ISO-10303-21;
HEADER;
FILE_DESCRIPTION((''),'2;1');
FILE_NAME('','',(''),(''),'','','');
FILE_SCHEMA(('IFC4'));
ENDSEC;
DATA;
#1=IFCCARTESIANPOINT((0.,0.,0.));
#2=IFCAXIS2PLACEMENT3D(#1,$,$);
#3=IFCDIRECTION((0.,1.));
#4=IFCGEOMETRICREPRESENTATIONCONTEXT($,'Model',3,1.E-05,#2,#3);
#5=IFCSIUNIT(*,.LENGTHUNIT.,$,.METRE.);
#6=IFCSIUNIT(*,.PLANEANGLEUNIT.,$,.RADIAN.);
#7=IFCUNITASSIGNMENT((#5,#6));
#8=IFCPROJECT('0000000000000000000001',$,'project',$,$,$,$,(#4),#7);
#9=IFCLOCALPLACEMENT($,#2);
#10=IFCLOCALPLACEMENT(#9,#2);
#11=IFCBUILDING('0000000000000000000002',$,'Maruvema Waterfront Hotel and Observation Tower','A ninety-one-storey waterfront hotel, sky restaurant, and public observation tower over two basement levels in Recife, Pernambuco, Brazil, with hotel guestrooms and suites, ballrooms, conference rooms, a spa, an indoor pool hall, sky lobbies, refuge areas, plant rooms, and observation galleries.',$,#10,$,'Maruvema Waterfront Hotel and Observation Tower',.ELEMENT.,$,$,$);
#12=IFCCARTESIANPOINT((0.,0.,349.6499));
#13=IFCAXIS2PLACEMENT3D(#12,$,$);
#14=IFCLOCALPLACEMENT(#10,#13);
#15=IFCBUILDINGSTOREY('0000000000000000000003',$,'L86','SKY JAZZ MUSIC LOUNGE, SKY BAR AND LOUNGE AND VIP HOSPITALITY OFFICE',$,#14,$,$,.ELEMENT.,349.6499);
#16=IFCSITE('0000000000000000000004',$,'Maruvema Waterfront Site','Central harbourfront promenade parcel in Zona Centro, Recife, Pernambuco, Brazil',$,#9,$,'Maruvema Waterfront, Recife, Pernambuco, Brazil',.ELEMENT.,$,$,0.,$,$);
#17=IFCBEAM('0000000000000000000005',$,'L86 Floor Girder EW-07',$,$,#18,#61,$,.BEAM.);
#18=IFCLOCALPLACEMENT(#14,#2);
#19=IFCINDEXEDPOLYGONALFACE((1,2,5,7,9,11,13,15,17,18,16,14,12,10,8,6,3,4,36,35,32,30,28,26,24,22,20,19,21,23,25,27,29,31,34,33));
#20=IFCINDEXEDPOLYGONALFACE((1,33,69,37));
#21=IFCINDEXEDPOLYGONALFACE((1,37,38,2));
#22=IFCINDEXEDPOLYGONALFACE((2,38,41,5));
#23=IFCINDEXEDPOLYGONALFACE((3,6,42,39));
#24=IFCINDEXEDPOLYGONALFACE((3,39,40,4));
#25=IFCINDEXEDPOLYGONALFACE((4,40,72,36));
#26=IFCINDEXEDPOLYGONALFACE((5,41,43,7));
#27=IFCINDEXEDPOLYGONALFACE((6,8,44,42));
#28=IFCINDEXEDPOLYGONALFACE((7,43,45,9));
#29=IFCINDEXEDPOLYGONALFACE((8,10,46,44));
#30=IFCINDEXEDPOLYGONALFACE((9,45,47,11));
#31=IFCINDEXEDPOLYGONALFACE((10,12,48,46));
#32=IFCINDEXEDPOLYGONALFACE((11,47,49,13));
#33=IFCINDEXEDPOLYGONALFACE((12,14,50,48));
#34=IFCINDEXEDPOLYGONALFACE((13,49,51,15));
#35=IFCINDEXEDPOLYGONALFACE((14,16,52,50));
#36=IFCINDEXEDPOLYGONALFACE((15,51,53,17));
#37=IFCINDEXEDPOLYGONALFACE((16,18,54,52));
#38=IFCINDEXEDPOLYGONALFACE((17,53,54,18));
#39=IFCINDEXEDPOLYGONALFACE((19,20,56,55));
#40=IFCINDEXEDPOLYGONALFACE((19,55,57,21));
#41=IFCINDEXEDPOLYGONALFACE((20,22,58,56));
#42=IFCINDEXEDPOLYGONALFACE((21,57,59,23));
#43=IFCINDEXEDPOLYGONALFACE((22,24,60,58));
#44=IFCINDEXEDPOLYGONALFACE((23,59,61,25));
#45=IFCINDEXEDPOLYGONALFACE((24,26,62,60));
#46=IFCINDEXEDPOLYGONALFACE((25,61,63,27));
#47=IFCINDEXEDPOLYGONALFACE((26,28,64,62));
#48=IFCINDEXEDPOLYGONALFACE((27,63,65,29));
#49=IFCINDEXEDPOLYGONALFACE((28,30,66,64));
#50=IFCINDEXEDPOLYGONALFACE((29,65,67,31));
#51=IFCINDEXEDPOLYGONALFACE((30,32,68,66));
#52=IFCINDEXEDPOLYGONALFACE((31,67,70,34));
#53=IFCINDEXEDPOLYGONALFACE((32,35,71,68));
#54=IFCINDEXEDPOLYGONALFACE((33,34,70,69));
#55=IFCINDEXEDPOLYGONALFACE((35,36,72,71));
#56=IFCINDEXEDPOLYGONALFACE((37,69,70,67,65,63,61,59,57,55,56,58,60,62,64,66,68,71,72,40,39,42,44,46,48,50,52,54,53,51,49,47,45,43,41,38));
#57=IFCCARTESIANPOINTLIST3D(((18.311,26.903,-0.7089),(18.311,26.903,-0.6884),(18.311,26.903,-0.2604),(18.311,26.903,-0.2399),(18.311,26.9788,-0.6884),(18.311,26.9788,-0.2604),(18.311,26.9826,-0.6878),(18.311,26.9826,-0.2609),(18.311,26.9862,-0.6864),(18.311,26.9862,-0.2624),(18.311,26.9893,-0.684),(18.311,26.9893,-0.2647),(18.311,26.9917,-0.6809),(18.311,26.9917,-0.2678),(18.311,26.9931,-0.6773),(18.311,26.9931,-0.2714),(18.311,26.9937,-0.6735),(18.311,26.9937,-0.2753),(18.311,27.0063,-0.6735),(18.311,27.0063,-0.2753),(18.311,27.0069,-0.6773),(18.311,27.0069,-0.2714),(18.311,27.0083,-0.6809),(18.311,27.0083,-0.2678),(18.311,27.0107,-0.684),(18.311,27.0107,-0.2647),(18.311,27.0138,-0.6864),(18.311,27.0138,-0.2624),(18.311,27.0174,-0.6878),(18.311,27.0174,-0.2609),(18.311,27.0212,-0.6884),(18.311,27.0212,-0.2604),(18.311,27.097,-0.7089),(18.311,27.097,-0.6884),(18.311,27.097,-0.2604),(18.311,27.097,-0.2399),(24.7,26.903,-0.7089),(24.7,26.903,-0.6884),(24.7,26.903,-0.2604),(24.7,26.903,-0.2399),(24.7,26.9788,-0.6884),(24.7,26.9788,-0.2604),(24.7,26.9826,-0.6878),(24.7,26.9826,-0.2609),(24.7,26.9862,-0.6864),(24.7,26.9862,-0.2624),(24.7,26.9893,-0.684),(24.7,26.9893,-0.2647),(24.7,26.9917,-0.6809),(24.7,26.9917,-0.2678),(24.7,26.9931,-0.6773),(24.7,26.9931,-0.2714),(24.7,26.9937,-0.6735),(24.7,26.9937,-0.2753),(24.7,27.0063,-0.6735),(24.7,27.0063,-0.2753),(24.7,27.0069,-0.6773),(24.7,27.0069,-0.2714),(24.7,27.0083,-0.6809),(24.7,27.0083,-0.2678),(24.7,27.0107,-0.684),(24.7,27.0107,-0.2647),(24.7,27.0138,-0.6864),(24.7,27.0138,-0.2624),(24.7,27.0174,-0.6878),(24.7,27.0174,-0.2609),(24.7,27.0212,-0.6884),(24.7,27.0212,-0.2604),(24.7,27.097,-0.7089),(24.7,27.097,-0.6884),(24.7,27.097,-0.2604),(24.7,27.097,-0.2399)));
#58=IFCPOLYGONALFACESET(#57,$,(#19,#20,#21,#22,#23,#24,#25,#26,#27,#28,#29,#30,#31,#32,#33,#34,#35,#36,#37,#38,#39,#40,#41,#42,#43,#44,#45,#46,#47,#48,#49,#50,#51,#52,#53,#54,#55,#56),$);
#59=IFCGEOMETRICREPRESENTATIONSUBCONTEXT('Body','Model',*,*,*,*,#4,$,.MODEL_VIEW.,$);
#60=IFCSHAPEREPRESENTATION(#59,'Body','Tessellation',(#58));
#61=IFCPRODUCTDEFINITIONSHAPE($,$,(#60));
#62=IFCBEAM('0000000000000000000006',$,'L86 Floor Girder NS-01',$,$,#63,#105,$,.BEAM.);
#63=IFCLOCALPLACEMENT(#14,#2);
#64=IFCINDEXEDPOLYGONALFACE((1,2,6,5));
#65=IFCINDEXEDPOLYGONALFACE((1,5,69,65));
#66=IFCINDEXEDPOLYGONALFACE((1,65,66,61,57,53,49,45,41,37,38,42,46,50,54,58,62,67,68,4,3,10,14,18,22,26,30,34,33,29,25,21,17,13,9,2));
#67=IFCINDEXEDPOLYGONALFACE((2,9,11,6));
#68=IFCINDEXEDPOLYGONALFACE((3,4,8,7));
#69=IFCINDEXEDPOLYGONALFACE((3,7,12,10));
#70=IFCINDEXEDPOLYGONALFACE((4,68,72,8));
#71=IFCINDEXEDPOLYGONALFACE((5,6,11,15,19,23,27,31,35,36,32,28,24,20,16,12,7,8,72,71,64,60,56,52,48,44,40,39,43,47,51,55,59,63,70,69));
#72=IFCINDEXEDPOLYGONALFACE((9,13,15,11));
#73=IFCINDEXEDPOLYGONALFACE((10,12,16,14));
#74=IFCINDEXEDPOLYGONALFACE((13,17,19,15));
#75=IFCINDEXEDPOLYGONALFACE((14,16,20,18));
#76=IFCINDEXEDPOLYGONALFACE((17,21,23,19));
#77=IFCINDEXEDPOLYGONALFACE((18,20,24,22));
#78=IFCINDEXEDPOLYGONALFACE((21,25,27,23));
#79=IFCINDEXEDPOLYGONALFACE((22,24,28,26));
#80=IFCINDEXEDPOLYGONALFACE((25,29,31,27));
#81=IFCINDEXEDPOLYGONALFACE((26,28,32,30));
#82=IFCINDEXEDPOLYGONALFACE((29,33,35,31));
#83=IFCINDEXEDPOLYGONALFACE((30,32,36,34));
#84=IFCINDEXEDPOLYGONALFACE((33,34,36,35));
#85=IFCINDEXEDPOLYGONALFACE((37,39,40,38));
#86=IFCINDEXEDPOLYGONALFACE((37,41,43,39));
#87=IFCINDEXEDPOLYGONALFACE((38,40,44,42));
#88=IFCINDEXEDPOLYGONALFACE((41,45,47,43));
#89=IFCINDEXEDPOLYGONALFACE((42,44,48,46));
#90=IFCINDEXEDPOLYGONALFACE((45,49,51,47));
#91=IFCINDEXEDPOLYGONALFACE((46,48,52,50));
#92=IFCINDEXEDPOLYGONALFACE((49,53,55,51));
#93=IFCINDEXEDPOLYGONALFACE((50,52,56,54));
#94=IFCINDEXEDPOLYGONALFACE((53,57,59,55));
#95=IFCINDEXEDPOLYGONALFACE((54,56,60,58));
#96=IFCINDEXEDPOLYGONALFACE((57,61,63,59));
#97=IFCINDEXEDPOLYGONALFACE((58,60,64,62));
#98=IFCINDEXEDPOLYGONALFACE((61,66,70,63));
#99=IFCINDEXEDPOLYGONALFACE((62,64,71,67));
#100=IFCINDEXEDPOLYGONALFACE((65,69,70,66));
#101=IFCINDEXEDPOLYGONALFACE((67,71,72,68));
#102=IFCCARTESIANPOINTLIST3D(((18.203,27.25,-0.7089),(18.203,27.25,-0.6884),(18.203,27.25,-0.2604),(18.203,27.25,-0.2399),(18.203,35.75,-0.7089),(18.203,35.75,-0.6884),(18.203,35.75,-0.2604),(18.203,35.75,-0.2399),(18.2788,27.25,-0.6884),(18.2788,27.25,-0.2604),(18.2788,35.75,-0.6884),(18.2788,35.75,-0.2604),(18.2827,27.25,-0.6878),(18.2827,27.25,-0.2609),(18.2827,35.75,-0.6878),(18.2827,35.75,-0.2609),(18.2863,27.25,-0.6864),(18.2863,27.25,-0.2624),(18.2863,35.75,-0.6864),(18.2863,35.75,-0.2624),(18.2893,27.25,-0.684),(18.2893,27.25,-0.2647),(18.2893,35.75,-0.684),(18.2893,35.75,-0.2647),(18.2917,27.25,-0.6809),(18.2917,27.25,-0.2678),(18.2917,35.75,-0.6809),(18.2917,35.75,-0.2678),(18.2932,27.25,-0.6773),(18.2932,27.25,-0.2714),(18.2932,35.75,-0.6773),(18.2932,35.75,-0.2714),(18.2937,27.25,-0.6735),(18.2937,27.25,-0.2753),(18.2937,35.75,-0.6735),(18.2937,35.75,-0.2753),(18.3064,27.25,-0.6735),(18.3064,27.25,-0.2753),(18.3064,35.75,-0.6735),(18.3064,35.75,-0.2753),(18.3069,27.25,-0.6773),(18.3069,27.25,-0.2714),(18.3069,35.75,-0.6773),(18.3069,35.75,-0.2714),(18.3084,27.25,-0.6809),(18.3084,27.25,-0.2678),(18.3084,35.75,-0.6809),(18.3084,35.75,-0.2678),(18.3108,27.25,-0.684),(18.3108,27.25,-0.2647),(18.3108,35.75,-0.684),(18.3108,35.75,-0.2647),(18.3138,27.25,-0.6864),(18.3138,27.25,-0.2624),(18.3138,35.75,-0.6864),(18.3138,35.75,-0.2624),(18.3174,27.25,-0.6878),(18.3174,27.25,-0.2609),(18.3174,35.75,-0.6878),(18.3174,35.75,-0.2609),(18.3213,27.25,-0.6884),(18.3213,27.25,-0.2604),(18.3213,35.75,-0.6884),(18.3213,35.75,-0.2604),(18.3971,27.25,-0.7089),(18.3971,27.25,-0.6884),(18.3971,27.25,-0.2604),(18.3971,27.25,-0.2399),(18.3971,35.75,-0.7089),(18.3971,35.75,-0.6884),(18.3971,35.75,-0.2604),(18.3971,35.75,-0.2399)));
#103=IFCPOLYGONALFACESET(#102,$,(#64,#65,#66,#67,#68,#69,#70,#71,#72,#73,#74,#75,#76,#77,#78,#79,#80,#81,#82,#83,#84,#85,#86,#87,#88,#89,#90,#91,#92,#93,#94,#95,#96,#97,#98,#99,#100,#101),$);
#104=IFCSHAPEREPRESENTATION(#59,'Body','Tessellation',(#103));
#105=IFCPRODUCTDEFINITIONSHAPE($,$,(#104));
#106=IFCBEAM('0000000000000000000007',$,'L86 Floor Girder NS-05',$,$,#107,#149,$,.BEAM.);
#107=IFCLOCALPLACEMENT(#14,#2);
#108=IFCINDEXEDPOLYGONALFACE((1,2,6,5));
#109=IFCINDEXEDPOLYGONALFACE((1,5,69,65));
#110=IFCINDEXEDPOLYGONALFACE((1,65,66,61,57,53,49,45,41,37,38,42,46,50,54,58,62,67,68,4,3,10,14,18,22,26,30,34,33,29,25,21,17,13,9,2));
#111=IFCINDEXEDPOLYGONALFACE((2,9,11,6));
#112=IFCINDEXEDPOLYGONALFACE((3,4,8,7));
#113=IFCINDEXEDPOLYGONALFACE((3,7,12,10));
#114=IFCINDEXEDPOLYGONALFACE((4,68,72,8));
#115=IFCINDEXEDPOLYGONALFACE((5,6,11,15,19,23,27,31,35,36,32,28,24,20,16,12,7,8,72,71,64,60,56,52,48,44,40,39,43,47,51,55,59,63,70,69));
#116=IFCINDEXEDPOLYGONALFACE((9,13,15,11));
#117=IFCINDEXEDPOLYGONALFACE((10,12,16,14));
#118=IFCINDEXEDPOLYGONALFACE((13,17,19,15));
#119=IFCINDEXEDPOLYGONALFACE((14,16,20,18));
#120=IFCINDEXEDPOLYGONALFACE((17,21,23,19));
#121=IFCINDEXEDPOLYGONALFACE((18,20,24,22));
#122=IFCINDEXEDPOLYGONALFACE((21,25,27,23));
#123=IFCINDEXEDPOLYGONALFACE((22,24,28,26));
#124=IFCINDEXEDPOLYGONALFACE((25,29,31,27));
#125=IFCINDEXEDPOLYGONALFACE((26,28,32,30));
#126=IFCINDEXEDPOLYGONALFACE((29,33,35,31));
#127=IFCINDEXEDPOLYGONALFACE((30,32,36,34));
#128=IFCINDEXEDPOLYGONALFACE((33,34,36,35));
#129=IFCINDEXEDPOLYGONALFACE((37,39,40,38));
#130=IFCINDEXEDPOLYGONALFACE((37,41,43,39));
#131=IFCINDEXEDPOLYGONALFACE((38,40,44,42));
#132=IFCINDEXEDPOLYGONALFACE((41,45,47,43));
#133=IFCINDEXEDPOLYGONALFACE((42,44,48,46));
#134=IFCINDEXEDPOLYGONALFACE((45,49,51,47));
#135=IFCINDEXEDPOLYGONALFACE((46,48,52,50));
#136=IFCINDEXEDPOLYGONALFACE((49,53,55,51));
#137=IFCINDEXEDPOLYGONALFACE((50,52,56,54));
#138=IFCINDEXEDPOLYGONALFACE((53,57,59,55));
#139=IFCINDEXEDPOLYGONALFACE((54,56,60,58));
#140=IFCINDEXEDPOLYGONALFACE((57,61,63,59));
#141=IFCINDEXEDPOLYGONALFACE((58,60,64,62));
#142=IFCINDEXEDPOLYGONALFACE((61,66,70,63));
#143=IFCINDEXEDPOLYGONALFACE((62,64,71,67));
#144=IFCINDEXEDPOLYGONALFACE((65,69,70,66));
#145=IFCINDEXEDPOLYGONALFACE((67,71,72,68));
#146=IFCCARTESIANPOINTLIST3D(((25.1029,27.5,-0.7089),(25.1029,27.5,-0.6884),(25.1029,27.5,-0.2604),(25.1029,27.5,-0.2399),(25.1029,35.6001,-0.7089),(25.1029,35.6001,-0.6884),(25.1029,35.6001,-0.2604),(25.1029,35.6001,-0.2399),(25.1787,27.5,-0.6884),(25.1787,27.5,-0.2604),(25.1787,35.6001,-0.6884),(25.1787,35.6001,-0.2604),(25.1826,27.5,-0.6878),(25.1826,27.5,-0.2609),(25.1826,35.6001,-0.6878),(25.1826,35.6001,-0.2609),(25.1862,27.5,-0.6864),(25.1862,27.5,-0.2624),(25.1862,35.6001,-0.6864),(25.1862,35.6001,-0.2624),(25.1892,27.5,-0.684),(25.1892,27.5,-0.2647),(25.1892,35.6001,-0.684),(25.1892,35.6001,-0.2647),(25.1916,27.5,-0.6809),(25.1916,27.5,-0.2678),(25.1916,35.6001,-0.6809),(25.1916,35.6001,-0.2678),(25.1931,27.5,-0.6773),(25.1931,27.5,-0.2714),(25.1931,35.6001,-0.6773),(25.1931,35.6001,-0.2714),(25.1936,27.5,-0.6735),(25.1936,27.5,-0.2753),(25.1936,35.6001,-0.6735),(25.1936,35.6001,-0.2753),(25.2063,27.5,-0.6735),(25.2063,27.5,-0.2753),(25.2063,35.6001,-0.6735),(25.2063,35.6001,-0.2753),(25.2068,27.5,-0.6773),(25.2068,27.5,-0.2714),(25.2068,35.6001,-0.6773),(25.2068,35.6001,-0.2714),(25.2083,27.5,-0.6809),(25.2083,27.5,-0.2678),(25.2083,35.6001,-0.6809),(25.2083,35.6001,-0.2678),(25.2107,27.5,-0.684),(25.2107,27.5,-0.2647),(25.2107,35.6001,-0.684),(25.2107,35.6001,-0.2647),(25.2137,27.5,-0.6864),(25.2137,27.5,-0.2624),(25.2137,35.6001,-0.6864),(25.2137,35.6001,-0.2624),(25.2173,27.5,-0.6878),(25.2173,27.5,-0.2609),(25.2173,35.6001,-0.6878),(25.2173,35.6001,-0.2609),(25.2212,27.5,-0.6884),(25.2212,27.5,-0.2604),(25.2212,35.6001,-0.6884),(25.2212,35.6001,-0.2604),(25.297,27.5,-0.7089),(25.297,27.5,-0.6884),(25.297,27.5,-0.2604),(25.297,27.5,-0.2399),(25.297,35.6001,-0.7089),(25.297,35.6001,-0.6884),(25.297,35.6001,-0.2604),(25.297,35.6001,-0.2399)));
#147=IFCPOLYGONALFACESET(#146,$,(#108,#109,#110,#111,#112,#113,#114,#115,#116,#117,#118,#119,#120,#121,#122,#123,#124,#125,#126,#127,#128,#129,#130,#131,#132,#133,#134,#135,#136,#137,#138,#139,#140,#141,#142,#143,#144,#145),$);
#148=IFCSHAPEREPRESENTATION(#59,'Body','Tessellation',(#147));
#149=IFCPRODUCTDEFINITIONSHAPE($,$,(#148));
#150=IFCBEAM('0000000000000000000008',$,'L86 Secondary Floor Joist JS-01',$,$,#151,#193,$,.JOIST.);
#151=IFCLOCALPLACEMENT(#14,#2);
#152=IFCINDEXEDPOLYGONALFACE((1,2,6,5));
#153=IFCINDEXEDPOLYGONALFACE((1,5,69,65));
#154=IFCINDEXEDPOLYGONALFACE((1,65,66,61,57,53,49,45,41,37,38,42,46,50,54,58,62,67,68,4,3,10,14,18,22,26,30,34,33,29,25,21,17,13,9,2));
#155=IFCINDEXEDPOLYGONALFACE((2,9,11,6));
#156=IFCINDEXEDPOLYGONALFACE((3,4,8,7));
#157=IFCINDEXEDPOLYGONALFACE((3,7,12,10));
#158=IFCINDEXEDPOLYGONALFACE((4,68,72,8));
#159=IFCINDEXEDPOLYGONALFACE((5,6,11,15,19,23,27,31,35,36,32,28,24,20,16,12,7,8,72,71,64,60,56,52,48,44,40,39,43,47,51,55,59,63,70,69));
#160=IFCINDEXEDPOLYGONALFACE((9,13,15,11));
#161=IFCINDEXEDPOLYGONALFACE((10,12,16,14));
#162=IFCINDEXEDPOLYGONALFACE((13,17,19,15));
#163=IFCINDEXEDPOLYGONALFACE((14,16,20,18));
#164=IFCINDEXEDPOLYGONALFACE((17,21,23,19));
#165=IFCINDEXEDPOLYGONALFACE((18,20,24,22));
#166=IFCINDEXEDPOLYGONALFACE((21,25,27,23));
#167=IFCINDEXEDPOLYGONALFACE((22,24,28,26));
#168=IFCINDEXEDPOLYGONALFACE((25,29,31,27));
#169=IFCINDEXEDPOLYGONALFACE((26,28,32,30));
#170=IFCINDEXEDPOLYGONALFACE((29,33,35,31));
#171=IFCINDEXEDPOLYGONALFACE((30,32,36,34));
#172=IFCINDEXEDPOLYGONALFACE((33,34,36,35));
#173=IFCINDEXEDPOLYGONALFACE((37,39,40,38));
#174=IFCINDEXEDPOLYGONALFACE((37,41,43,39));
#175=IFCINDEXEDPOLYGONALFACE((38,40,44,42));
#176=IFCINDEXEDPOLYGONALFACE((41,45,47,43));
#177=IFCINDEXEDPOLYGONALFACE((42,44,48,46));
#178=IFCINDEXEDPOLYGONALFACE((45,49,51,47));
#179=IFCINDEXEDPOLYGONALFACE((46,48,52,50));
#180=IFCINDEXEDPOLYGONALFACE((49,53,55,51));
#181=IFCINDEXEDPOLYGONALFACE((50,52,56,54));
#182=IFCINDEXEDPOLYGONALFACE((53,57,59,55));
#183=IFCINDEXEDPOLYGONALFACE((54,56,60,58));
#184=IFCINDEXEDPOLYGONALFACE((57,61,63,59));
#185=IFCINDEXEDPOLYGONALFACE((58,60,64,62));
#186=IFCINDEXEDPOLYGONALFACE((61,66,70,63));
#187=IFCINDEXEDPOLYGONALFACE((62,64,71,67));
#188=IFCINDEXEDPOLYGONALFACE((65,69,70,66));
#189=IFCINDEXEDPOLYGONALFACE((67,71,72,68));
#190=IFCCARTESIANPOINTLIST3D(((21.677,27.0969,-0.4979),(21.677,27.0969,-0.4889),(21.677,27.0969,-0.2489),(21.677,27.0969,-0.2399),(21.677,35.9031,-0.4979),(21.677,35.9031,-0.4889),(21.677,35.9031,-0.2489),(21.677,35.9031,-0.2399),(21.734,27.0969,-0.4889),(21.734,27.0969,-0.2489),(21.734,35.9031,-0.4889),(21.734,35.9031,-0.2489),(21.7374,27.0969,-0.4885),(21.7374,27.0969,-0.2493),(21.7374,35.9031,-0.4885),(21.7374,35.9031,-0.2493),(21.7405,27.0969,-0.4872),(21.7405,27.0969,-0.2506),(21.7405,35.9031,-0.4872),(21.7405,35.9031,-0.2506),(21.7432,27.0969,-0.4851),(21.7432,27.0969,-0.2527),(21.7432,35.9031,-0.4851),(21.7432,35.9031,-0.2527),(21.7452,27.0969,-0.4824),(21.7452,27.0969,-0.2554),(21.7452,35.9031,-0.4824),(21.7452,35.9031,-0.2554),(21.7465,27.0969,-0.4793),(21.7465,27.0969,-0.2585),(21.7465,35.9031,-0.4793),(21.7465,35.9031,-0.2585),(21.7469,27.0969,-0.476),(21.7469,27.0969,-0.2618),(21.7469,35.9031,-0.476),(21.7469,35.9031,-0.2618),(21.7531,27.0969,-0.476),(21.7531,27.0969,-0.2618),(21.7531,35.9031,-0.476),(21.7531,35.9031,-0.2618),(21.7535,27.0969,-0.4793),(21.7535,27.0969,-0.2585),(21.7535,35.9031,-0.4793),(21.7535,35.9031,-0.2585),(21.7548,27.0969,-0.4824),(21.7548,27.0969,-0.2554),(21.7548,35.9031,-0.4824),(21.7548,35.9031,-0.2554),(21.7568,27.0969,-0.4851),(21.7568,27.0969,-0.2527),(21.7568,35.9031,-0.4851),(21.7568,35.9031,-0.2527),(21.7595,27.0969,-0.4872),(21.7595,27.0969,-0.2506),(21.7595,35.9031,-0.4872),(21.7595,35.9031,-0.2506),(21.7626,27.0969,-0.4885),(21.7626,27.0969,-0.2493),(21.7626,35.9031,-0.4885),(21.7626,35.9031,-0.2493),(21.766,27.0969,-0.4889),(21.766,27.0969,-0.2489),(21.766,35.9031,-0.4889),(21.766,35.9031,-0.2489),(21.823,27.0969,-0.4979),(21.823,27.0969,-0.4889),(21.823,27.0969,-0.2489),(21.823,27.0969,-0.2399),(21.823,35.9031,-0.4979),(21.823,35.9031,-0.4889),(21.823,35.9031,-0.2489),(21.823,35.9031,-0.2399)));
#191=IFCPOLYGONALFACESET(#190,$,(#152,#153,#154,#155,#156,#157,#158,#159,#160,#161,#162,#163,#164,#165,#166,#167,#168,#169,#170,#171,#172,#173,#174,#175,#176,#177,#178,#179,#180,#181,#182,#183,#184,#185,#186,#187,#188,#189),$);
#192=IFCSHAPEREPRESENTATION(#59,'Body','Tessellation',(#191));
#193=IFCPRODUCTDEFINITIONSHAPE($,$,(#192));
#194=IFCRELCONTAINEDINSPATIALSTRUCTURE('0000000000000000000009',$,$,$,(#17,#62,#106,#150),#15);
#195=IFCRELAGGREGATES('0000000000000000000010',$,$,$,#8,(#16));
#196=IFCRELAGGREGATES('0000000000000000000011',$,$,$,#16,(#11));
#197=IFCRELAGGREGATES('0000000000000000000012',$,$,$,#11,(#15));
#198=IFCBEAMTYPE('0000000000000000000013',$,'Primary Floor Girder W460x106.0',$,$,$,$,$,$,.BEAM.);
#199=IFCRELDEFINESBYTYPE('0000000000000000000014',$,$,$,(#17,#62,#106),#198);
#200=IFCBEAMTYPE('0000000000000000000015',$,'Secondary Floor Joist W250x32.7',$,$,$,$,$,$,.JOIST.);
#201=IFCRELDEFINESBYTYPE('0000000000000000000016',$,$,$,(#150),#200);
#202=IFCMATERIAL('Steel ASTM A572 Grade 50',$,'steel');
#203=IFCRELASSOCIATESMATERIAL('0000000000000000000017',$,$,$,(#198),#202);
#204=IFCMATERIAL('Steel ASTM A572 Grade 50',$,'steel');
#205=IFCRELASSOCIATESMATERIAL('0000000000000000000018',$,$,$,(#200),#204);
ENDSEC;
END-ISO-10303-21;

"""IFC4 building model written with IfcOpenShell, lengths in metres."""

from ifc_helpers import new_model, si_unit, direction, frame, origin, origin_2d, place, context, subcontext, project, spatial, i_section, extrude, material, material_profile, profile_set, type_object, element, save


model = new_model("IFC4")

# Units and contexts
model_context = context("Model", 3, precision=1e-05, world=origin(), true_north=direction((0.0, 1.0)))
body_context = subcontext(model_context, "Body", "Model", "MODEL_VIEW")
ifc_project = project(units=[si_unit("LENGTHUNIT", "METRE"), si_unit("PLANEANGLEUNIT", "RADIAN")], contexts=[model_context])

# Site, building, storey
site_placement = place(None, origin())
site = spatial("IfcSite", under=ifc_project, at=site_placement, Name="Maruvema Waterfront Site", Description="Central harbourfront promenade parcel in Zona Centro, Recife, Pernambuco, Brazil", LongName="Maruvema Waterfront, Recife, Pernambuco, Brazil", CompositionType="ELEMENT", RefElevation=0.0)
building_placement = place(site_placement, origin())
building = spatial("IfcBuilding", under=site, at=building_placement, Name="Maruvema Waterfront Hotel and Observation Tower", Description="A ninety-one-storey waterfront hotel, sky restaurant, and public observation tower over two basement levels in Recife, Pernambuco, Brazil, with hotel guestrooms and suites, ballrooms, conference rooms, a spa, an indoor pool hall, sky lobbies, refuge areas, plant rooms, and observation galleries.", LongName="Maruvema Waterfront Hotel and Observation Tower", CompositionType="ELEMENT")
storey_placement = place(building_placement, frame((0.0, 0.0, 349.6499)))
storey = spatial("IfcBuildingStorey", under=building, at=storey_placement, Name="L86", Description="SKY JAZZ MUSIC LOUNGE, SKY BAR AND LOUNGE AND VIP HOSPITALITY OFFICE", CompositionType="ELEMENT", Elevation=349.6499)

# Beams
ifc_material_1 = material(Name="Steel ASTM A572 Grade 50", Category="steel")
ifc_material_profile_1 = material_profile(ifc_material_1, i_section(OverallWidth=0.1941, OverallDepth=0.469, WebThickness=0.0127, FlangeThickness=0.0205, FilletRadius=0.0149, at=origin_2d()), Name="W460x106.0")
ifc_profile_set_1 = profile_set([ifc_material_profile_1], Name="Steel ASTM A572 Grade 50")
beam_type_1 = type_object("IfcBeamType", Name="Primary Floor Girder W460x106.0", PredefinedType="BEAM", material=ifc_profile_set_1)
beam_1_placement = place(storey_placement, frame((18.311, 27.0, -0.4744), z_axis=(1.0, 0.0, 0.0), x_axis=(0.0, 1.0, 0.0)))
element("IfcBeam", 1, at=beam_1_placement, inside=storey, type_object=beam_type_1, Name="L86 Floor Girder EW-07", PredefinedType="BEAM", context=body_context, shape_type="SweptSolid", body=[
    extrude(i_section(OverallWidth=0.1941, OverallDepth=0.469, WebThickness=0.0127, FlangeThickness=0.0205, FilletRadius=0.0149, at=origin_2d()), origin(), (0.0, 0.0, 1.0), 6.3889),
])
beam_2_placement = place(storey_placement, frame((18.3, 27.25, -0.4744), z_axis=(0.0, 1.0, 0.0), x_axis=(-1.0, 0.0, 0.0)))
element("IfcBeam", 2, at=beam_2_placement, inside=storey, type_object=beam_type_1, Name="L86 Floor Girder NS-01", PredefinedType="BEAM", context=body_context, shape_type="SweptSolid", body=[
    extrude(i_section(OverallWidth=0.1941, OverallDepth=0.469, WebThickness=0.0127, FlangeThickness=0.0205, FilletRadius=0.0149, at=origin_2d()), origin(), (0.0, 0.0, 1.0), 8.5),
])
beam_3_placement = place(storey_placement, frame((25.2, 27.5, -0.4744), z_axis=(0.0, 1.0, 0.0), x_axis=(-1.0, 0.0, 0.0)))
element("IfcBeam", 3, at=beam_3_placement, inside=storey, type_object=beam_type_1, Name="L86 Floor Girder NS-05", PredefinedType="BEAM", context=body_context, shape_type="SweptSolid", body=[
    extrude(i_section(OverallWidth=0.1941, OverallDepth=0.469, WebThickness=0.0127, FlangeThickness=0.0205, FilletRadius=0.0149, at=origin_2d()), origin(), (0.0, 0.0, 1.0), 8.1001),
])
ifc_material_2 = material(Name="Steel ASTM A572 Grade 50", Category="steel")
ifc_material_profile_2 = material_profile(ifc_material_2, i_section(OverallWidth=0.146, OverallDepth=0.2581, WebThickness=0.0061, FlangeThickness=0.009, FilletRadius=0.0129, at=origin_2d()), Name="W250x32.7")
ifc_profile_set_2 = profile_set([ifc_material_profile_2], Name="Steel ASTM A572 Grade 50")
beam_type_2 = type_object("IfcBeamType", Name="Secondary Floor Joist W250x32.7", PredefinedType="JOIST", material=ifc_profile_set_2)
beam_4_placement = place(storey_placement, frame((21.75, 27.0969, -0.3689), z_axis=(0.0, 1.0, 0.0), x_axis=(-1.0, 0.0, 0.0)))
element("IfcBeam", 4, at=beam_4_placement, inside=storey, type_object=beam_type_2, Name="L86 Secondary Floor Joist JS-01", PredefinedType="JOIST", context=body_context, shape_type="SweptSolid", body=[
    extrude(i_section(OverallWidth=0.146, OverallDepth=0.2581, WebThickness=0.0061, FlangeThickness=0.009, FilletRadius=0.0129, at=origin_2d()), origin(), (0.0, 0.0, 1.0), 8.8062),
])

save(model, "model.ifc")
